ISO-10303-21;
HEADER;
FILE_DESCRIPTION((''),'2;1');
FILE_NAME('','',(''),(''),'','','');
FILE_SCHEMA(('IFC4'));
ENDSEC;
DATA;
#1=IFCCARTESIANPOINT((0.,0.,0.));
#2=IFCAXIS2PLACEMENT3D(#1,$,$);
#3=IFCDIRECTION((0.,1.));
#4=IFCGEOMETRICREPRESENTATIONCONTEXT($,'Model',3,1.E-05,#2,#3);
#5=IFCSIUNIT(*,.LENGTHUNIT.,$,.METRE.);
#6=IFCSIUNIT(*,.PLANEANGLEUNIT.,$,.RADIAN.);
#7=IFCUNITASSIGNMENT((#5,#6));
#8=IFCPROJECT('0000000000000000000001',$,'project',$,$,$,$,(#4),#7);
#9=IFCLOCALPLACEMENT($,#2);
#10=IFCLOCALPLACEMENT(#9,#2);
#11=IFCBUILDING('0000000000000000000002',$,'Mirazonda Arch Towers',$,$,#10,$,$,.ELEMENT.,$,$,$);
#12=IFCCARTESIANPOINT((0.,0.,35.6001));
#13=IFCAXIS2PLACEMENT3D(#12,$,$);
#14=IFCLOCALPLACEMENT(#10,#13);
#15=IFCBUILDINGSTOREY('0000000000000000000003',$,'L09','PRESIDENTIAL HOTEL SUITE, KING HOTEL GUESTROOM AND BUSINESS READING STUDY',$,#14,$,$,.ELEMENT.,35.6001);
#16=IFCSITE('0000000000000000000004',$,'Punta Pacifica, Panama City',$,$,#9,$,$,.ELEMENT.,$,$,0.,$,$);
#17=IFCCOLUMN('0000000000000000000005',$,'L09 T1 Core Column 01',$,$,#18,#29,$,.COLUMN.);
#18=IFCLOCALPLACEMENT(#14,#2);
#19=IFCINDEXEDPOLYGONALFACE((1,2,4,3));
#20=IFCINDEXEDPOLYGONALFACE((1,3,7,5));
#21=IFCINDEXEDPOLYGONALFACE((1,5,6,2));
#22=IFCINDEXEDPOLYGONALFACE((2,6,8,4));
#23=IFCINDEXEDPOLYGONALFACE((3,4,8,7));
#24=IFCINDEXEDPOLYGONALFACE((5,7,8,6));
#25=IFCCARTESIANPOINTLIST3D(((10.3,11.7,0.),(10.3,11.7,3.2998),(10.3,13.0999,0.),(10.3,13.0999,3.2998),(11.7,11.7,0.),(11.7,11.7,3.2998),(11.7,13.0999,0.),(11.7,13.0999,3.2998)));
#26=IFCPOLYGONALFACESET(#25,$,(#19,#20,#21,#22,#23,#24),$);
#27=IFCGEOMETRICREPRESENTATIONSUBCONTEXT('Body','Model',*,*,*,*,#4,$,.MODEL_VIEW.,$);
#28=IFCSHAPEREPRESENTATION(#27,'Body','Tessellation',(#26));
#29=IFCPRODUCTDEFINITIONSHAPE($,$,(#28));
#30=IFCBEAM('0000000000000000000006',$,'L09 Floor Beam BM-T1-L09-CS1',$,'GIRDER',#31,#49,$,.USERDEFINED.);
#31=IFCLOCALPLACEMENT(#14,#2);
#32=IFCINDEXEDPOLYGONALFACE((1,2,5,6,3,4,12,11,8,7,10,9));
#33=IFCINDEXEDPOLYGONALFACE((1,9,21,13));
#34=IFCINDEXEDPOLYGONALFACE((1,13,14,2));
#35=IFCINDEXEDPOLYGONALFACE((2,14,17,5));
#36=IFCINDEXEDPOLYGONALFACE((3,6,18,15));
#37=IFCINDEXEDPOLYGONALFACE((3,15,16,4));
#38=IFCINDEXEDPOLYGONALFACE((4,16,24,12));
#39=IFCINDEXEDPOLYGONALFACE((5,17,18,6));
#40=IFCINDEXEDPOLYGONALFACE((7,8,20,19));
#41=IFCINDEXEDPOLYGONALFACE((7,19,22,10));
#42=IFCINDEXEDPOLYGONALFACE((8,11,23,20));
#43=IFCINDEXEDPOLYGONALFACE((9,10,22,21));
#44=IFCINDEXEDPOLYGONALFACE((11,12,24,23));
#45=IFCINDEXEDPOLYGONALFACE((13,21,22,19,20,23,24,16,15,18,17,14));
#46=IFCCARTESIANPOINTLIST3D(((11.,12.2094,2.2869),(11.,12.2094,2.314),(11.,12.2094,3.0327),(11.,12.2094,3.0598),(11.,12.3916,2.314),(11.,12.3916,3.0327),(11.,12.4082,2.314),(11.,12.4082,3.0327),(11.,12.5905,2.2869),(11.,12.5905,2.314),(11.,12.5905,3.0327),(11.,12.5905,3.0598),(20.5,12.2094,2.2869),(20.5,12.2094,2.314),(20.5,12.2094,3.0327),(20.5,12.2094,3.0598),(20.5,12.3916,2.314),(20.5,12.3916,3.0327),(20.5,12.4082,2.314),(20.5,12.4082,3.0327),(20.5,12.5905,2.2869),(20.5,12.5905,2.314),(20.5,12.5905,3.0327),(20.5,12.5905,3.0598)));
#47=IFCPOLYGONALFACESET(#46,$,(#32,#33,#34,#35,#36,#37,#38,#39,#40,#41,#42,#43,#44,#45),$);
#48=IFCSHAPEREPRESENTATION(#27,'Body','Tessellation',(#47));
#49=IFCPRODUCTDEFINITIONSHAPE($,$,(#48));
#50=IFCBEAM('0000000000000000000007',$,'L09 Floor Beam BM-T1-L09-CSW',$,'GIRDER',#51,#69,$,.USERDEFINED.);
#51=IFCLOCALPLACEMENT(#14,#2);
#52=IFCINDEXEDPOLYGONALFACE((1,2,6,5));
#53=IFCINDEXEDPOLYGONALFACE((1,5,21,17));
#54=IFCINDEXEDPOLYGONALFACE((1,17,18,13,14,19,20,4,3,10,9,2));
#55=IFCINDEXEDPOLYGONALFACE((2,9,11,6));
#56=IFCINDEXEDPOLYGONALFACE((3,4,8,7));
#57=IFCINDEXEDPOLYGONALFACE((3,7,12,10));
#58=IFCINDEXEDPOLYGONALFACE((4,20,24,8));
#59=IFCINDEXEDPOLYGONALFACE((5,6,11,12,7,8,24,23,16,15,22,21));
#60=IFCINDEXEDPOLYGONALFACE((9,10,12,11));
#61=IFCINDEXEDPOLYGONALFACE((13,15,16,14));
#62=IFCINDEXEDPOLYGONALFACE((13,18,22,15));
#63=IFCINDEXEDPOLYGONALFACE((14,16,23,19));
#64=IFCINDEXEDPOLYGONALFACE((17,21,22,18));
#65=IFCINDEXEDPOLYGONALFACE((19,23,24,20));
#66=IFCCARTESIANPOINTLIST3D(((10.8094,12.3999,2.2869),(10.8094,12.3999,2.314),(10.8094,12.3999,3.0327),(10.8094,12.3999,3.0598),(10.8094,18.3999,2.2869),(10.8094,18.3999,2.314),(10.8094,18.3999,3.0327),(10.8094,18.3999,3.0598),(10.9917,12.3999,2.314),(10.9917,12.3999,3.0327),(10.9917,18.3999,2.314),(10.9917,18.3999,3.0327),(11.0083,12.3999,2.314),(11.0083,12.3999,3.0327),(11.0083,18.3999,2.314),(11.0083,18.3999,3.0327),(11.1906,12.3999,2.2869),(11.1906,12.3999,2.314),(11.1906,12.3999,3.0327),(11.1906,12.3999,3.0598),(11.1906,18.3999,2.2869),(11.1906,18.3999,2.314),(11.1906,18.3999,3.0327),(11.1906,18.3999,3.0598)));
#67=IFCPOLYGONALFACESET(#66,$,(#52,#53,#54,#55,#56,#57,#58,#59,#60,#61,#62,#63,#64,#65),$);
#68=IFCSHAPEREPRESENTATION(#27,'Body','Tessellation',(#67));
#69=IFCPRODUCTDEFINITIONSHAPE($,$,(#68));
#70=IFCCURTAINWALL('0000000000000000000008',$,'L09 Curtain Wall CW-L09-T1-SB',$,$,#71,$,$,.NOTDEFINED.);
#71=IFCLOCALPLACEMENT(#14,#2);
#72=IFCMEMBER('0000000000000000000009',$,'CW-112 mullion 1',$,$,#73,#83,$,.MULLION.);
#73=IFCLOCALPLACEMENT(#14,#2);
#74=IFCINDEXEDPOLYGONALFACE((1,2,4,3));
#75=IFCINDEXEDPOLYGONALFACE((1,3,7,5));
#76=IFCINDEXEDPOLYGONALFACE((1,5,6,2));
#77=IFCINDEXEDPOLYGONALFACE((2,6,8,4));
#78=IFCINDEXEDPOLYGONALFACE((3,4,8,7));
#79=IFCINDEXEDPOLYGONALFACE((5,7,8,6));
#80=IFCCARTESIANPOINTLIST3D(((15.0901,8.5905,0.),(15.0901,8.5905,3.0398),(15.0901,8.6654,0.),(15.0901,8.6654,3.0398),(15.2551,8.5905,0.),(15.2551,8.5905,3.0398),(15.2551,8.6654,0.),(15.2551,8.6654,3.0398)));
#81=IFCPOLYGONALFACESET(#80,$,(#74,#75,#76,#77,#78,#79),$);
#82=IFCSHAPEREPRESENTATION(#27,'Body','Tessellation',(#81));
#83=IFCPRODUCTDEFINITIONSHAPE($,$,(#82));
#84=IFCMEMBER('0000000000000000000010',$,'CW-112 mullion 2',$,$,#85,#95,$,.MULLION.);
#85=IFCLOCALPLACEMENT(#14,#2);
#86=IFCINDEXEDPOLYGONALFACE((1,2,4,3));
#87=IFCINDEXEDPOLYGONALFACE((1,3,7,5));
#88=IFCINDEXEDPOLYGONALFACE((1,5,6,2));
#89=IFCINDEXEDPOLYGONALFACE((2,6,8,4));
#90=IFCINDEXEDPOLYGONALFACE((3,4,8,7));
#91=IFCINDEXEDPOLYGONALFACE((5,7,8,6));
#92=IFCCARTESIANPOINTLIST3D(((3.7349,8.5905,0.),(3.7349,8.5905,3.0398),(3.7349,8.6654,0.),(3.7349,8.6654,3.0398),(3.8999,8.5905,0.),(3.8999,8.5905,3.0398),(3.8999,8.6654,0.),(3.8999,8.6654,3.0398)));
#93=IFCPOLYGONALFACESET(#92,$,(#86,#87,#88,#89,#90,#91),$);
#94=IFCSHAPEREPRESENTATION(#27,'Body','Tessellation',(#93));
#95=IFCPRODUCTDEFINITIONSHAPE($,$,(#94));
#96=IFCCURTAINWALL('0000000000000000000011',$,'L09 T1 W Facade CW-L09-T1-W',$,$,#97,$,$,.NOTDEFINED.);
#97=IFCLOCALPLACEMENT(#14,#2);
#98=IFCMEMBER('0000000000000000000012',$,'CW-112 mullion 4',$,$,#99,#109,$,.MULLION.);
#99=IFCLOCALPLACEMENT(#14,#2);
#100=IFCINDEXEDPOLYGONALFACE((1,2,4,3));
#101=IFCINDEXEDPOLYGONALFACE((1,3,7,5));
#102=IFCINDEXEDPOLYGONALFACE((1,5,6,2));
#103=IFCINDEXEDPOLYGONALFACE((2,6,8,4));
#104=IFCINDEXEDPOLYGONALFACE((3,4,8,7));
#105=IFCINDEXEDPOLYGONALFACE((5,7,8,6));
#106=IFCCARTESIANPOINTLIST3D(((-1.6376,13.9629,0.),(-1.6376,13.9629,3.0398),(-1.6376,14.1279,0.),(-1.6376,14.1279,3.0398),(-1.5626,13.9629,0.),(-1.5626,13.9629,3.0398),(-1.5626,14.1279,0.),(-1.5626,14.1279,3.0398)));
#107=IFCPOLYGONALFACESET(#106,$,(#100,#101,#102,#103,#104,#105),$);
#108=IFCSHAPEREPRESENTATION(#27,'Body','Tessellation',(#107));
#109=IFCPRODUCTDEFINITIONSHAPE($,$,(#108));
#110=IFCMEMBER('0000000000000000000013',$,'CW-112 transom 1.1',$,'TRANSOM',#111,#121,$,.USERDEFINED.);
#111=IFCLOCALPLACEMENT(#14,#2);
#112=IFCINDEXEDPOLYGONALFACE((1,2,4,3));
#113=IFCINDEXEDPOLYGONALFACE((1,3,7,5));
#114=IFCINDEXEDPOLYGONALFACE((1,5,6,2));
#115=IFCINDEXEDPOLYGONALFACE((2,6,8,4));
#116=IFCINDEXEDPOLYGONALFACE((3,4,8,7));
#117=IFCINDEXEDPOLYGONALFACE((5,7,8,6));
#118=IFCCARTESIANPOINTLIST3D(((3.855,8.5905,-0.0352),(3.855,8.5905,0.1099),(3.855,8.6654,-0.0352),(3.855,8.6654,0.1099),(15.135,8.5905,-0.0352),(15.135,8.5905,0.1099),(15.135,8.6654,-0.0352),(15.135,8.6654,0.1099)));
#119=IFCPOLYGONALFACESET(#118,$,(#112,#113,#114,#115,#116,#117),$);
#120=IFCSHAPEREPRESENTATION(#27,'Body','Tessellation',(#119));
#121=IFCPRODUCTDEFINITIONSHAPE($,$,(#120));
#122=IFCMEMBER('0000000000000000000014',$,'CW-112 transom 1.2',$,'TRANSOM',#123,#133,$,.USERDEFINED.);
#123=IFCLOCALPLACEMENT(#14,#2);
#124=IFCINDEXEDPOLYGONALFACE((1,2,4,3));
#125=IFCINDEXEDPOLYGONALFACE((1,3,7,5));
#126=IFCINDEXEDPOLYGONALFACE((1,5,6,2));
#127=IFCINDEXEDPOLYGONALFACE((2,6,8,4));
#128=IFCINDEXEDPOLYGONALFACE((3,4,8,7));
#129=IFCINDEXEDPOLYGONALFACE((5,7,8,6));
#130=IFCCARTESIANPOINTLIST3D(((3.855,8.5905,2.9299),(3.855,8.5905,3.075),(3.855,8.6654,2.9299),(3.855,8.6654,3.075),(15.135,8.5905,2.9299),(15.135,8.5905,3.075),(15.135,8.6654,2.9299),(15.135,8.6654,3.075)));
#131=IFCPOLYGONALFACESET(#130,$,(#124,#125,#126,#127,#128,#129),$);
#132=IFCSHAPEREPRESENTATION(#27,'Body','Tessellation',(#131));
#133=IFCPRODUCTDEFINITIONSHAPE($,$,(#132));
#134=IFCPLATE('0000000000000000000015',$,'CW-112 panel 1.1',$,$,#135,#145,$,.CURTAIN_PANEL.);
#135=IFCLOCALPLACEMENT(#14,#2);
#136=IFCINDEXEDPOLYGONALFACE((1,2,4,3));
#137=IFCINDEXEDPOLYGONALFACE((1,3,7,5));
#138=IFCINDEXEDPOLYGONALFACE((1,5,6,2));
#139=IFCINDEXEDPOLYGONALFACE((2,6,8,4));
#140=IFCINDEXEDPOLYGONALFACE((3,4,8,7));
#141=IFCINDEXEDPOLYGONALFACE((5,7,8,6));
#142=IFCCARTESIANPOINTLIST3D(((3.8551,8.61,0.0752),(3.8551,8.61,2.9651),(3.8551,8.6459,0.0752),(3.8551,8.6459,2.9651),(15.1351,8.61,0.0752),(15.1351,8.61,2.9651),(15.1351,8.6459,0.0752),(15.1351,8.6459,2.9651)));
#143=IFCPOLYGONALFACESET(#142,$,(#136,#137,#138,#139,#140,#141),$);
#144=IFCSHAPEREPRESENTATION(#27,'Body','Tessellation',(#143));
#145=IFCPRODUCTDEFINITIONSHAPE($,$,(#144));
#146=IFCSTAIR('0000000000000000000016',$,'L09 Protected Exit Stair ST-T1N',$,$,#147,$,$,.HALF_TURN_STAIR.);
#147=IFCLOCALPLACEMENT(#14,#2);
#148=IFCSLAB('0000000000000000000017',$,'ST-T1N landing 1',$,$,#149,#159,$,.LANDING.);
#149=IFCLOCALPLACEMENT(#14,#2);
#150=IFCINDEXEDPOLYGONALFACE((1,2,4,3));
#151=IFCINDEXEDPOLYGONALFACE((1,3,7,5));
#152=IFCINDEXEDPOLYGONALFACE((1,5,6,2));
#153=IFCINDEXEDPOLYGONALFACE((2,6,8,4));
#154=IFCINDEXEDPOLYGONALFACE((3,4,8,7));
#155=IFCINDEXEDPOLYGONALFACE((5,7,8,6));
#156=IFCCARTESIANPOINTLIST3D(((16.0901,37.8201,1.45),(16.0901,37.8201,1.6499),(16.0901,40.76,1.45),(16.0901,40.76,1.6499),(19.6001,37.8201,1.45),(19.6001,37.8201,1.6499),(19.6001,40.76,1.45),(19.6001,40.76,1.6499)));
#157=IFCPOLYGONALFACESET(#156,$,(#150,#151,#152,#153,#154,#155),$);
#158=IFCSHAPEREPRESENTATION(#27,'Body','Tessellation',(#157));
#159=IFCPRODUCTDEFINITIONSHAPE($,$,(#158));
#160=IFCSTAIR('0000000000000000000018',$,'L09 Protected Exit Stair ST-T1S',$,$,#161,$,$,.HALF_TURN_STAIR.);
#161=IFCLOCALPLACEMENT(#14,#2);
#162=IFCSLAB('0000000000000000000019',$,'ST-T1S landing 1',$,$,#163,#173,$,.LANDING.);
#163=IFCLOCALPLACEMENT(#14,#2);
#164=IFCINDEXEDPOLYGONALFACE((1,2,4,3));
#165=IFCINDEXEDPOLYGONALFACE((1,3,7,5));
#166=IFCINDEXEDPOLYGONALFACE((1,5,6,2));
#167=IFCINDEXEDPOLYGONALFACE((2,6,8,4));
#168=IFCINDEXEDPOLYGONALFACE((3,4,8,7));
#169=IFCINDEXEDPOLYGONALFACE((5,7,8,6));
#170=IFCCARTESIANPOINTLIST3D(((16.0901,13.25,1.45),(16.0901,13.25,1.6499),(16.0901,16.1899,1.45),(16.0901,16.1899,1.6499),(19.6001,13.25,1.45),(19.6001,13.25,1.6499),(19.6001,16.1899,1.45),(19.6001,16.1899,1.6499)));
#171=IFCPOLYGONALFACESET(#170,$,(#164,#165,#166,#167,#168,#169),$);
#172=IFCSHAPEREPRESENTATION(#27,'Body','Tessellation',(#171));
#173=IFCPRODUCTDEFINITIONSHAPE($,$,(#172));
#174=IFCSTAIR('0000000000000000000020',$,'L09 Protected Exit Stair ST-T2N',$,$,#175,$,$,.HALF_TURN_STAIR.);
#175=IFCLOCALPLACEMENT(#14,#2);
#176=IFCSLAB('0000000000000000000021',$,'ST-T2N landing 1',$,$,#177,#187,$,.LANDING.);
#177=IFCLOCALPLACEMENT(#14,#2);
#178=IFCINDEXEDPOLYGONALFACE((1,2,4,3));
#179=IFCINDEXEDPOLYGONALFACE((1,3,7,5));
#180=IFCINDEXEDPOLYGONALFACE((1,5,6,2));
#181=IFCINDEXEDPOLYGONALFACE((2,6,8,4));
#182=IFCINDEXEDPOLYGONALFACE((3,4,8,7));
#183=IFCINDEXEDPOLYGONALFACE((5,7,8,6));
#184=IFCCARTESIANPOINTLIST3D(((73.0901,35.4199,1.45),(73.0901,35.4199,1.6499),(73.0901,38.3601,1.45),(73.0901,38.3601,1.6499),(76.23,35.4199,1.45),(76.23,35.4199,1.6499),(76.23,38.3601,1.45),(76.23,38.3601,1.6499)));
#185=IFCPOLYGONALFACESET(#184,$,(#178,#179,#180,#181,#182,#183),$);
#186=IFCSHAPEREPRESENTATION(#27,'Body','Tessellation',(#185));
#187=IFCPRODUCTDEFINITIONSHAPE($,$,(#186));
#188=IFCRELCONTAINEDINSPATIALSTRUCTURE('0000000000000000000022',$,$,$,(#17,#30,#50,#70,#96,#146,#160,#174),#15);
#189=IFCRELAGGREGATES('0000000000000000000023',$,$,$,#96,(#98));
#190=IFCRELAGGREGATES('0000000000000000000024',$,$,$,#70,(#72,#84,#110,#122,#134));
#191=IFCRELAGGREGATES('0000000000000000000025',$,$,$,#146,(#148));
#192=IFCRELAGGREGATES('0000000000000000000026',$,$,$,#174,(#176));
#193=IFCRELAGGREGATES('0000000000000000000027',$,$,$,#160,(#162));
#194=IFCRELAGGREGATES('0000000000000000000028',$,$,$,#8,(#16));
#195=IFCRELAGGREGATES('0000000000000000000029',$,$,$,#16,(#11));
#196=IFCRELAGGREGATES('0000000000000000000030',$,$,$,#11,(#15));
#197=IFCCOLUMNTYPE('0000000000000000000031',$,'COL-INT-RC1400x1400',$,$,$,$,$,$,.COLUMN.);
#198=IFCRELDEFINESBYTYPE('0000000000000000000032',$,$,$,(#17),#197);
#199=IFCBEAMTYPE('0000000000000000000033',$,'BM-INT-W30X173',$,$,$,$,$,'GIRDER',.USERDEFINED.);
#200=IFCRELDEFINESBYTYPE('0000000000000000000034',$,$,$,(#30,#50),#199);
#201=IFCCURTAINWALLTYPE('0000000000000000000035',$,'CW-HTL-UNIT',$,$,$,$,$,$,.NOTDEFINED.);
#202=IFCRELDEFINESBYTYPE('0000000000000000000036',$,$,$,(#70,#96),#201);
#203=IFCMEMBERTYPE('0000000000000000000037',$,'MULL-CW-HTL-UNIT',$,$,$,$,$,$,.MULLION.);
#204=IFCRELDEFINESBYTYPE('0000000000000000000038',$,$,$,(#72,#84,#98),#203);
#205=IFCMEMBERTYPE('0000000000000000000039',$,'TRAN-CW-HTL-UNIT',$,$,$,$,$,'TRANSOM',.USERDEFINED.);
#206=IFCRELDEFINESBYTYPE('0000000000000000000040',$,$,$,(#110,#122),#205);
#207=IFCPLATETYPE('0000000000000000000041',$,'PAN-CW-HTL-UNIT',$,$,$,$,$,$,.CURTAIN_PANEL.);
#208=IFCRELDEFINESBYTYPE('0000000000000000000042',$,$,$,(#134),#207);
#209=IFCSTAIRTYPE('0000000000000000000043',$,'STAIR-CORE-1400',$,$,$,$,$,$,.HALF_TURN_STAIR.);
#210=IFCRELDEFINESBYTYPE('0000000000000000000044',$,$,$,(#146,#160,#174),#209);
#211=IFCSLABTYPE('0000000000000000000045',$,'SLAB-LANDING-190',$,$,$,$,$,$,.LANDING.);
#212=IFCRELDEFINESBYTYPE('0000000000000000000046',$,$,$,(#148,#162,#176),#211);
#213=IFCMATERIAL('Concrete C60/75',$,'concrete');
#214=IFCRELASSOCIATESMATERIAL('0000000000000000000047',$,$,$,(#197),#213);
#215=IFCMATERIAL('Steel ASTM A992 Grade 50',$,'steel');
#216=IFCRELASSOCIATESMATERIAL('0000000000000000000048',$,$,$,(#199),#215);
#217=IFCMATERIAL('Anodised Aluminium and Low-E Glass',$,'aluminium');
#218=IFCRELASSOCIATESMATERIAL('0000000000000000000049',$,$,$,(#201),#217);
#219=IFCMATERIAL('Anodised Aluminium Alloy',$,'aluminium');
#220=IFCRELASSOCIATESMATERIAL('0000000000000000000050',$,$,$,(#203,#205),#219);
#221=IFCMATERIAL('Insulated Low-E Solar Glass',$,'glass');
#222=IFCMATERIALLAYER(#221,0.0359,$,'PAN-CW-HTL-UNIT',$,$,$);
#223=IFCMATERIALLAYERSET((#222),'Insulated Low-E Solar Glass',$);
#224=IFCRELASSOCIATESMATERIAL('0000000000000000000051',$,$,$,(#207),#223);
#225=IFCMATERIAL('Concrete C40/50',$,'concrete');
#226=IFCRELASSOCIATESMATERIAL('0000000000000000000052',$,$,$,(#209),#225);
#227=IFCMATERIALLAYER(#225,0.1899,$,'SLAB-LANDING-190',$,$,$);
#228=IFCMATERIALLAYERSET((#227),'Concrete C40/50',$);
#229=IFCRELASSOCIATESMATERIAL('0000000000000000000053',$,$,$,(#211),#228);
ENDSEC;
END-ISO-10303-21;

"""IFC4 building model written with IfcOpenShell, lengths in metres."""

from ifc_helpers import new_model, si_unit, direction, frame, origin, origin_2d, place, context, subcontext, project, spatial, polyline, rectangle, i_section, outline, extrude, material, layer, layer_set, material_profile, profile_set, type_object, element, aggregate, save


model = new_model("IFC4")

# Units and contexts
model_context = context("Model", 3, precision=1e-05, world=origin(), true_north=direction((0.0, 1.0)))
body_context = subcontext(model_context, "Body", "Model", "MODEL_VIEW")
ifc_project = project(units=[si_unit("LENGTHUNIT", "METRE"), si_unit("PLANEANGLEUNIT", "RADIAN")], contexts=[model_context])

# Site, building, storey
site_placement = place(None, origin())
site = spatial("IfcSite", under=ifc_project, at=site_placement, Name="Punta Pacifica, Panama City", CompositionType="ELEMENT", RefElevation=0.0)
building_placement = place(site_placement, origin())
building = spatial("IfcBuilding", under=site, at=building_placement, Name="Mirazonda Arch Towers", CompositionType="ELEMENT")
storey_placement = place(building_placement, frame((0.0, 0.0, 35.6001)))
storey = spatial("IfcBuildingStorey", under=building, at=storey_placement, Name="L09", Description="PRESIDENTIAL HOTEL SUITE, KING HOTEL GUESTROOM AND BUSINESS READING STUDY", CompositionType="ELEMENT", Elevation=35.6001)

# Column
ifc_material_1 = material(Name="Concrete C60/75", Category="concrete")
ifc_material_profile_1 = material_profile(ifc_material_1, rectangle(XDim=1.3999, YDim=1.3999, at=origin_2d()), Name="RC1400x1400")
ifc_profile_set_1 = profile_set([ifc_material_profile_1], Name="Concrete C60/75")
column_type = type_object("IfcColumnType", Name="COL-INT-RC1400x1400", PredefinedType="COLUMN", material=ifc_profile_set_1)
column_placement = place(storey_placement, frame((11.0, 12.3999, 0.0), z_axis=(0.0, 0.0, 1.0), x_axis=(1.0, 0.0, 0.0)))
element("IfcColumn", 1, at=column_placement, inside=storey, type_object=column_type, Name="L09 T1 Core Column 01", PredefinedType="COLUMN", context=body_context, shape_type="SweptSolid", body=[
    extrude(rectangle(XDim=1.3999, YDim=1.3999, at=origin_2d()), origin(), (0.0, 0.0, 1.0), 3.2998),
])

# Beams
ifc_material_2 = material(Name="Steel ASTM A992 Grade 50", Category="steel")
ifc_material_profile_2 = material_profile(ifc_material_2, i_section(OverallWidth=0.3811, OverallDepth=0.7729, WebThickness=0.0166, FlangeThickness=0.0271, at=origin_2d()), Name="W30X173")
ifc_profile_set_2 = profile_set([ifc_material_profile_2], Name="Steel ASTM A992 Grade 50")
beam_type = type_object("IfcBeamType", Name="BM-INT-W30X173", ElementType="GIRDER", PredefinedType="USERDEFINED", material=ifc_profile_set_2)
beam_1_placement = place(storey_placement, frame((11.0, 12.3999, 2.6733), z_axis=(1.0, 0.0, 0.0), x_axis=(0.0, 1.0, 0.0)))
element("IfcBeam", 2, at=beam_1_placement, inside=storey, type_object=beam_type, Name="L09 Floor Beam BM-T1-L09-CS1", ObjectType="GIRDER", PredefinedType="USERDEFINED", context=body_context, shape_type="SweptSolid", body=[
    extrude(i_section(OverallWidth=0.3811, OverallDepth=0.7729, WebThickness=0.0166, FlangeThickness=0.0271, at=origin_2d()), origin(), (0.0, 0.0, 1.0), 9.5),
])
beam_2_placement = place(storey_placement, frame((11.0, 12.3999, 2.6733), z_axis=(0.0, 1.0, 0.0), x_axis=(-1.0, 0.0, 0.0)))
element("IfcBeam", 3, at=beam_2_placement, inside=storey, type_object=beam_type, Name="L09 Floor Beam BM-T1-L09-CSW", ObjectType="GIRDER", PredefinedType="USERDEFINED", context=body_context, shape_type="SweptSolid", body=[
    extrude(i_section(OverallWidth=0.3811, OverallDepth=0.7729, WebThickness=0.0166, FlangeThickness=0.0271, at=origin_2d()), origin(), (0.0, 0.0, 1.0), 6.0),
])

# Curtain wall, members
ifc_material_3 = material(Name="Anodised Aluminium and Low-E Glass", Category="aluminium")
curtain_wall_type = type_object("IfcCurtainWallType", Name="CW-HTL-UNIT", PredefinedType="NOTDEFINED", material=ifc_material_3)
curtain_wall_1_placement = place(storey_placement, origin())
curtain_wall_1 = element("IfcCurtainWall", 4, at=curtain_wall_1_placement, inside=storey, type_object=curtain_wall_type, Name="L09 Curtain Wall CW-L09-T1-SB", PredefinedType="NOTDEFINED")
ifc_material_4 = material(Name="Anodised Aluminium Alloy", Category="aluminium")
ifc_material_profile_3 = material_profile(ifc_material_4, rectangle(XDim=0.075, YDim=0.165, at=origin_2d()), Name="ALU-MULL-75x165")
ifc_profile_set_3 = profile_set([ifc_material_profile_3], Name="Anodised Aluminium Alloy")
member_type_1 = type_object("IfcMemberType", Name="MULL-CW-HTL-UNIT", PredefinedType="MULLION", material=ifc_profile_set_3)
member_1_placement = place(storey_placement, frame((15.1726, 8.6279, 0.0), z_axis=(0.0, 0.0, 1.0), x_axis=(0.0, -1.0, 0.0)))
member_1 = element("IfcMember", 5, at=member_1_placement, type_object=member_type_1, Name="CW-112 mullion 1", PredefinedType="MULLION", context=body_context, shape_type="SweptSolid", body=[
    extrude(rectangle(XDim=0.075, YDim=0.165, at=origin_2d()), origin(), (0.0, 0.0, 1.0), 3.0398),
])
member_2_placement = place(storey_placement, frame((3.8174, 8.6279, 0.0), z_axis=(0.0, 0.0, 1.0), x_axis=(0.0, -1.0, 0.0)))
member_2 = element("IfcMember", 6, at=member_2_placement, type_object=member_type_1, Name="CW-112 mullion 2", PredefinedType="MULLION", context=body_context, shape_type="SweptSolid", body=[
    extrude(rectangle(XDim=0.075, YDim=0.165, at=origin_2d()), origin(), (0.0, 0.0, 1.0), 3.0398),
])

# Curtain wall, member
curtain_wall_2_placement = place(storey_placement, origin())
curtain_wall_2 = element("IfcCurtainWall", 7, at=curtain_wall_2_placement, inside=storey, type_object=curtain_wall_type, Name="L09 T1 W Facade CW-L09-T1-W", PredefinedType="NOTDEFINED")
member_3_placement = place(storey_placement, frame((-1.6001, 14.0454, 0.0), z_axis=(0.0, 0.0, 1.0), x_axis=(1.0, 0.0, 0.0)))
member_3 = element("IfcMember", 8, at=member_3_placement, type_object=member_type_1, Name="CW-112 mullion 4", PredefinedType="MULLION", context=body_context, shape_type="SweptSolid", body=[
    extrude(rectangle(XDim=0.075, YDim=0.165, at=origin_2d()), origin(), (0.0, 0.0, 1.0), 3.0398),
])
aggregate(curtain_wall_2, [member_3])

# Members
ifc_material_profile_4 = material_profile(ifc_material_4, rectangle(XDim=0.075, YDim=0.145, at=origin_2d()), Name="ALU-TRAN-75x145")
ifc_profile_set_4 = profile_set([ifc_material_profile_4], Name="Anodised Aluminium Alloy")
member_type_2 = type_object("IfcMemberType", Name="TRAN-CW-HTL-UNIT", ElementType="TRANSOM", PredefinedType="USERDEFINED", material=ifc_profile_set_4)
member_4_placement = place(storey_placement, frame((15.135, 8.6279, 0.0374), z_axis=(-1.0, 0.0, 0.0), x_axis=(0.0, -1.0, 0.0)))
member_4 = element("IfcMember", 9, at=member_4_placement, type_object=member_type_2, Name="CW-112 transom 1.1", ObjectType="TRANSOM", PredefinedType="USERDEFINED", context=body_context, shape_type="SweptSolid", body=[
    extrude(rectangle(XDim=0.075, YDim=0.145, at=origin_2d()), origin(), (0.0, 0.0, 1.0), 11.28),
])
member_5_placement = place(storey_placement, frame((15.135, 8.6279, 3.0024), z_axis=(-1.0, 0.0, 0.0), x_axis=(0.0, -1.0, 0.0)))
member_5 = element("IfcMember", 10, at=member_5_placement, type_object=member_type_2, Name="CW-112 transom 1.2", ObjectType="TRANSOM", PredefinedType="USERDEFINED", context=body_context, shape_type="SweptSolid", body=[
    extrude(rectangle(XDim=0.075, YDim=0.145, at=origin_2d()), origin(), (0.0, 0.0, 1.0), 11.28),
])

# Plate
ifc_material_5 = material(Name="Insulated Low-E Solar Glass", Category="glass")
ifc_layer_1 = layer(ifc_material_5, 0.0359, Name="PAN-CW-HTL-UNIT")
ifc_layer_set_1 = layer_set([ifc_layer_1], Name="Insulated Low-E Solar Glass")
plate_type = type_object("IfcPlateType", Name="PAN-CW-HTL-UNIT", PredefinedType="CURTAIN_PANEL", material=ifc_layer_set_1)
plate_placement = place(storey_placement, frame((9.4951, 8.6279, 0.0752), z_axis=(0.0, 0.0, 1.0), x_axis=(-1.0, 0.0, 0.0)))
plate = element("IfcPlate", 11, at=plate_placement, type_object=plate_type, Name="CW-112 panel 1.1", PredefinedType="CURTAIN_PANEL", context=body_context, shape_type="SweptSolid", body=[
    extrude(rectangle(XDim=11.28, YDim=0.0359, at=origin_2d()), origin(), (0.0, 0.0, 1.0), 2.8899),
])
aggregate(curtain_wall_1, [member_1, member_2, member_4, member_5, plate])

# Stairs, slabs
ifc_material_6 = material(Name="Concrete C40/50", Category="concrete")
stair_type = type_object("IfcStairType", Name="STAIR-CORE-1400", PredefinedType="HALF_TURN_STAIR", material=ifc_material_6)
stair_1_placement = place(storey_placement, origin())
stair_1 = element("IfcStair", 12, at=stair_1_placement, inside=storey, type_object=stair_type, Name="L09 Protected Exit Stair ST-T1N", PredefinedType="HALF_TURN_STAIR")
ifc_layer_2 = layer(ifc_material_6, 0.1899, Name="SLAB-LANDING-190")
ifc_layer_set_2 = layer_set([ifc_layer_2], Name="Concrete C40/50")
slab_type_1 = type_object("IfcSlabType", Name="SLAB-LANDING-190", PredefinedType="LANDING", material=ifc_layer_set_2)
slab_1_placement = place(storey_placement, frame((0.0, 0.0, 1.45)))
slab_1 = element("IfcSlab", 13, at=slab_1_placement, type_object=slab_type_1, Name="ST-T1N landing 1", PredefinedType="LANDING", context=body_context, shape_type="SweptSolid", body=[
    extrude(outline(polyline([(16.0901, 37.8201), (19.6001, 37.8201), (19.6001, 40.76), (16.0901, 40.76), (16.0901, 37.8201)])), origin(), (0.0, 0.0, 1.0), 0.2),
])
aggregate(stair_1, [slab_1])
stair_2_placement = place(storey_placement, origin())
stair_2 = element("IfcStair", 14, at=stair_2_placement, inside=storey, type_object=stair_type, Name="L09 Protected Exit Stair ST-T1S", PredefinedType="HALF_TURN_STAIR")
slab_2_placement = place(storey_placement, frame((0.0, 0.0, 1.45)))
slab_2 = element("IfcSlab", 15, at=slab_2_placement, type_object=slab_type_1, Name="ST-T1S landing 1", PredefinedType="LANDING", context=body_context, shape_type="SweptSolid", body=[
    extrude(outline(polyline([(16.0901, 13.25), (19.6001, 13.25), (19.6001, 16.1899), (16.0901, 16.1899), (16.0901, 13.25)])), origin(), (0.0, 0.0, 1.0), 0.2),
])
stair_3_placement = place(storey_placement, origin())
stair_3 = element("IfcStair", 16, at=stair_3_placement, inside=storey, type_object=stair_type, Name="L09 Protected Exit Stair ST-T2N", PredefinedType="HALF_TURN_STAIR")
slab_3_placement = place(storey_placement, frame((0.0, 0.0, 1.45)))
slab_3 = element("IfcSlab", 17, at=slab_3_placement, type_object=slab_type_1, Name="ST-T2N landing 1", PredefinedType="LANDING", context=body_context, shape_type="SweptSolid", body=[
    extrude(outline(polyline([(73.0901, 35.4199), (76.23, 35.4199), (76.23, 38.3601), (73.0901, 38.3601), (73.0901, 35.4199)])), origin(), (0.0, 0.0, 1.0), 0.2),
])
aggregate(stair_3, [slab_3])

aggregate(stair_2, [slab_2])

save(model, "model.ifc")
